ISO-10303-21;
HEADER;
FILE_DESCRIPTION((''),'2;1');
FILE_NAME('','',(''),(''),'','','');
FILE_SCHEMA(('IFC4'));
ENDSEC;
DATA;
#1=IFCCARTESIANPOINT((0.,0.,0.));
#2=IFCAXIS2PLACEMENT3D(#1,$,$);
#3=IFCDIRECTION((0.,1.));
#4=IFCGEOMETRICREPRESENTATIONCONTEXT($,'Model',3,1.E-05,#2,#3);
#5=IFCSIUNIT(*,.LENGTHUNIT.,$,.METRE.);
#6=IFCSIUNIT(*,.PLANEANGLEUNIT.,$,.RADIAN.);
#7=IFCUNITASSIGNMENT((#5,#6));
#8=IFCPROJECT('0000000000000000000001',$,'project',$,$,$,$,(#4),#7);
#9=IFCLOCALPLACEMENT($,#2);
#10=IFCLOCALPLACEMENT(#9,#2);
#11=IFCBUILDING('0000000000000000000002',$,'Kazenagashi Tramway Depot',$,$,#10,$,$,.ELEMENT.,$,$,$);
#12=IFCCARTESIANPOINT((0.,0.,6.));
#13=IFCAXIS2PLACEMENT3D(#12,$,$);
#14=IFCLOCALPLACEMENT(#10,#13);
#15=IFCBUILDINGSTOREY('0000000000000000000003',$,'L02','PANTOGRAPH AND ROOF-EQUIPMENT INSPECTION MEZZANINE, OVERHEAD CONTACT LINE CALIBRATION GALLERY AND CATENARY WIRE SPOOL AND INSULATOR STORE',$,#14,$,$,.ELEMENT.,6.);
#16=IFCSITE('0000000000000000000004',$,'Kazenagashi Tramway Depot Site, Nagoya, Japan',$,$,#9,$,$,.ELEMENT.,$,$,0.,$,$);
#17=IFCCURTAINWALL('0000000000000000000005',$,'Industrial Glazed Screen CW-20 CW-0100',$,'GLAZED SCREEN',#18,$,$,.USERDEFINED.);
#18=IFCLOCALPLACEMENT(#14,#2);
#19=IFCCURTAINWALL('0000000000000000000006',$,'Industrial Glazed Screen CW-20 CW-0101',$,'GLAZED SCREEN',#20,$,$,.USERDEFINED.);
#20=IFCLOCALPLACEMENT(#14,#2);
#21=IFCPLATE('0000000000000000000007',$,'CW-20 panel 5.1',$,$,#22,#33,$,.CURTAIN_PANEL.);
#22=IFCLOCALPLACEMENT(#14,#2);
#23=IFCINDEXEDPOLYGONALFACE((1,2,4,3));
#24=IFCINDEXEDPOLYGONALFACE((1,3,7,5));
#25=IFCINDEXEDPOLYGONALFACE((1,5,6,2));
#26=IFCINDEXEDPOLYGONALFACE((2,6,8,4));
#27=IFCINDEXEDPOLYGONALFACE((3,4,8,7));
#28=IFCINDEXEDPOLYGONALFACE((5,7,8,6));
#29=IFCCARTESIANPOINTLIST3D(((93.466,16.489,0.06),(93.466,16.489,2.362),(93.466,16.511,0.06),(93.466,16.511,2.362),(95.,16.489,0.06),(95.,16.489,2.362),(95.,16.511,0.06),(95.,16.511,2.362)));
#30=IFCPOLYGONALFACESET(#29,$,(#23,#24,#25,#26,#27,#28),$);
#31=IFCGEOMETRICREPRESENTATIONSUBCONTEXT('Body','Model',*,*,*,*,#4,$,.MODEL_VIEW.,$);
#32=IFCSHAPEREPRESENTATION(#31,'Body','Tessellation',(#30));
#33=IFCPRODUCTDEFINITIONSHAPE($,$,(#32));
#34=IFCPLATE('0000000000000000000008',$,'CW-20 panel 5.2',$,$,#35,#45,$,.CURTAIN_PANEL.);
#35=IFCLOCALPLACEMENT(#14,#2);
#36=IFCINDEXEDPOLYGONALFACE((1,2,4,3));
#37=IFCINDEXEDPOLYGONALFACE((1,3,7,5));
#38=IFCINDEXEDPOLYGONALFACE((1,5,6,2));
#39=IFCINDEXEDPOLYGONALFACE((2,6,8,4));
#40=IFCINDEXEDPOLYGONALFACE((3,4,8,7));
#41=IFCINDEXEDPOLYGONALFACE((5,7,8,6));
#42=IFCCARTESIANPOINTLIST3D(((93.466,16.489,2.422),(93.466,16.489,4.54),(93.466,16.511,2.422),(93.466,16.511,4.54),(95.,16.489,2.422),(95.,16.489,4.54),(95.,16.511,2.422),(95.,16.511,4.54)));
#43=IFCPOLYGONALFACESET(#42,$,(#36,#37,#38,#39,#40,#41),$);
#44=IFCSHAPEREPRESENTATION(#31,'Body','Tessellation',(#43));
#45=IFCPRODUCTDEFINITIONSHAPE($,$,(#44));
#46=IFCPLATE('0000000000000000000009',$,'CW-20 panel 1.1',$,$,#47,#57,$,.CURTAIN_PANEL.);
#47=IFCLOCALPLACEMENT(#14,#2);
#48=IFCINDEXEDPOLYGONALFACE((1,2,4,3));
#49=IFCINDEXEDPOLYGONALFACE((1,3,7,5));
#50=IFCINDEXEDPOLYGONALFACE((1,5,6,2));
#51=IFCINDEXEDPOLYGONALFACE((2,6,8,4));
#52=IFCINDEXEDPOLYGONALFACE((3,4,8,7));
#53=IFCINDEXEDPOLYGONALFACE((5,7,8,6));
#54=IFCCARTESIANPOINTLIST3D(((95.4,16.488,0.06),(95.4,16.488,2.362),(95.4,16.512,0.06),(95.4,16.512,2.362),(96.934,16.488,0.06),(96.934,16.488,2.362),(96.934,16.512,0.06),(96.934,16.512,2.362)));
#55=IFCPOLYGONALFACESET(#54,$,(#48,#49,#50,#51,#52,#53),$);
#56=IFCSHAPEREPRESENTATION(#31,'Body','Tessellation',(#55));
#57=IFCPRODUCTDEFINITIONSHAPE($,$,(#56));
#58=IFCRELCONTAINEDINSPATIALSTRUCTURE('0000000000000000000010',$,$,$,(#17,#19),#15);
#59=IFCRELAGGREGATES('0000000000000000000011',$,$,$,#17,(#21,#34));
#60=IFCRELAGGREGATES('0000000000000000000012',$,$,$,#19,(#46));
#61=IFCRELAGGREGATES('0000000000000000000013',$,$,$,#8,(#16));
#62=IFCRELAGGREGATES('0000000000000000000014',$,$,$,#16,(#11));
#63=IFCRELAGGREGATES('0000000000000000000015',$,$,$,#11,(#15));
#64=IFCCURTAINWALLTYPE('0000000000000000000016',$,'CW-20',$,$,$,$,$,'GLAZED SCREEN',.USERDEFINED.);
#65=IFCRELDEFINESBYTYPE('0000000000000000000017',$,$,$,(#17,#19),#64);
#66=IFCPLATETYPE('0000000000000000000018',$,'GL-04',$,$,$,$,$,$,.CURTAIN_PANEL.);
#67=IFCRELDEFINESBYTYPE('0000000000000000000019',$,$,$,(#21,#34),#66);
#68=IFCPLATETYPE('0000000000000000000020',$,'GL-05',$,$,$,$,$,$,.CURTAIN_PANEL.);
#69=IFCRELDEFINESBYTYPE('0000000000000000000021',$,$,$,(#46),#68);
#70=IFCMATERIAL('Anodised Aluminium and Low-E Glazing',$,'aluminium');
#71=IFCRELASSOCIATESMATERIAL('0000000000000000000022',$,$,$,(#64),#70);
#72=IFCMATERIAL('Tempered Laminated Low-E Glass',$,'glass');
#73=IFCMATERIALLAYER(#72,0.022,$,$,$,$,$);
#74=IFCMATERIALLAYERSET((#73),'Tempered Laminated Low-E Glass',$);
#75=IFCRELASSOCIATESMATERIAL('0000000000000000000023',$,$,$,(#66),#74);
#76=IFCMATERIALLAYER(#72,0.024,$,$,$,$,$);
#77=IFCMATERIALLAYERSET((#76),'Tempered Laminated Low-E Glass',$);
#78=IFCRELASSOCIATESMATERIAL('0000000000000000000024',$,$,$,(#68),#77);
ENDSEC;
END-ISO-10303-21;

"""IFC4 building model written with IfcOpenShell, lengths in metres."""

from ifc_helpers import new_model, si_unit, direction, frame, origin, origin_2d, place, context, subcontext, project, spatial, rectangle, extrude, material, layer, layer_set, type_object, element, aggregate, save


model = new_model("IFC4")

# Units and contexts
model_context = context("Model", 3, precision=1e-05, world=origin(), true_north=direction((0.0, 1.0)))
body_context = subcontext(model_context, "Body", "Model", "MODEL_VIEW")
ifc_project = project(units=[si_unit("LENGTHUNIT", "METRE"), si_unit("PLANEANGLEUNIT", "RADIAN")], contexts=[model_context])

# Site, building, storey
site_placement = place(None, origin())
site = spatial("IfcSite", under=ifc_project, at=site_placement, Name="Kazenagashi Tramway Depot Site, Nagoya, Japan", CompositionType="ELEMENT", RefElevation=0.0)
building_placement = place(site_placement, origin())
building = spatial("IfcBuilding", under=site, at=building_placement, Name="Kazenagashi Tramway Depot", CompositionType="ELEMENT")
storey_placement = place(building_placement, frame((0.0, 0.0, 6.0)))
storey = spatial("IfcBuildingStorey", under=building, at=storey_placement, Name="L02", Description="PANTOGRAPH AND ROOF-EQUIPMENT INSPECTION MEZZANINE, OVERHEAD CONTACT LINE CALIBRATION GALLERY AND CATENARY WIRE SPOOL AND INSULATOR STORE", CompositionType="ELEMENT", Elevation=6.0)

# Curtain wall
ifc_material_1 = material(Name="Anodised Aluminium and Low-E Glazing", Category="aluminium")
curtain_wall_type = type_object("IfcCurtainWallType", Name="CW-20", ElementType="GLAZED SCREEN", PredefinedType="USERDEFINED", material=ifc_material_1)
curtain_wall_1_placement = place(storey_placement, origin())
curtain_wall_1 = element("IfcCurtainWall", 1, at=curtain_wall_1_placement, inside=storey, type_object=curtain_wall_type, Name="Industrial Glazed Screen CW-20 CW-0100", ObjectType="GLAZED SCREEN", PredefinedType="USERDEFINED")

# Curtain wall
curtain_wall_2_placement = place(storey_placement, origin())
curtain_wall_2 = element("IfcCurtainWall", 2, at=curtain_wall_2_placement, inside=storey, type_object=curtain_wall_type, Name="Industrial Glazed Screen CW-20 CW-0101", ObjectType="GLAZED SCREEN", PredefinedType="USERDEFINED")

# Plates
ifc_material_2 = material(Name="Tempered Laminated Low-E Glass", Category="glass")
ifc_layer_1 = layer(ifc_material_2, 0.022)
ifc_layer_set_1 = layer_set([ifc_layer_1], Name="Tempered Laminated Low-E Glass")
plate_type_1 = type_object("IfcPlateType", Name="GL-04", PredefinedType="CURTAIN_PANEL", material=ifc_layer_set_1)
plate_1_placement = place(storey_placement, frame((94.233, 16.5, 0.06), z_axis=(0.0, 0.0, 1.0), x_axis=(1.0, 0.0, 0.0)))
plate_1 = element("IfcPlate", 3, at=plate_1_placement, type_object=plate_type_1, Name="CW-20 panel 5.1", PredefinedType="CURTAIN_PANEL", context=body_context, shape_type="SweptSolid", body=[
    extrude(rectangle(XDim=1.534, YDim=0.022, at=origin_2d()), origin(), (0.0, 0.0, 1.0), 2.302),
])
plate_2_placement = place(storey_placement, frame((94.233, 16.5, 2.422), z_axis=(0.0, 0.0, 1.0), x_axis=(1.0, 0.0, 0.0)))
plate_2 = element("IfcPlate", 4, at=plate_2_placement, type_object=plate_type_1, Name="CW-20 panel 5.2", PredefinedType="CURTAIN_PANEL", context=body_context, shape_type="SweptSolid", body=[
    extrude(rectangle(XDim=1.534, YDim=0.022, at=origin_2d()), origin(), (0.0, 0.0, 1.0), 2.118),
])
aggregate(curtain_wall_1, [plate_1, plate_2])
ifc_layer_2 = layer(ifc_material_2, 0.024)
ifc_layer_set_2 = layer_set([ifc_layer_2], Name="Tempered Laminated Low-E Glass")
plate_type_2 = type_object("IfcPlateType", Name="GL-05", PredefinedType="CURTAIN_PANEL", material=ifc_layer_set_2)
plate_3_placement = place(storey_placement, frame((96.167, 16.5, 0.06), z_axis=(0.0, 0.0, 1.0), x_axis=(1.0, 0.0, 0.0)))
plate_3 = element("IfcPlate", 5, at=plate_3_placement, type_object=plate_type_2, Name="CW-20 panel 1.1", PredefinedType="CURTAIN_PANEL", context=body_context, shape_type="SweptSolid", body=[
    extrude(rectangle(XDim=1.534, YDim=0.024, at=origin_2d()), origin(), (0.0, 0.0, 1.0), 2.302),
])
aggregate(curtain_wall_2, [plate_3])

save(model, "model.ifc")
